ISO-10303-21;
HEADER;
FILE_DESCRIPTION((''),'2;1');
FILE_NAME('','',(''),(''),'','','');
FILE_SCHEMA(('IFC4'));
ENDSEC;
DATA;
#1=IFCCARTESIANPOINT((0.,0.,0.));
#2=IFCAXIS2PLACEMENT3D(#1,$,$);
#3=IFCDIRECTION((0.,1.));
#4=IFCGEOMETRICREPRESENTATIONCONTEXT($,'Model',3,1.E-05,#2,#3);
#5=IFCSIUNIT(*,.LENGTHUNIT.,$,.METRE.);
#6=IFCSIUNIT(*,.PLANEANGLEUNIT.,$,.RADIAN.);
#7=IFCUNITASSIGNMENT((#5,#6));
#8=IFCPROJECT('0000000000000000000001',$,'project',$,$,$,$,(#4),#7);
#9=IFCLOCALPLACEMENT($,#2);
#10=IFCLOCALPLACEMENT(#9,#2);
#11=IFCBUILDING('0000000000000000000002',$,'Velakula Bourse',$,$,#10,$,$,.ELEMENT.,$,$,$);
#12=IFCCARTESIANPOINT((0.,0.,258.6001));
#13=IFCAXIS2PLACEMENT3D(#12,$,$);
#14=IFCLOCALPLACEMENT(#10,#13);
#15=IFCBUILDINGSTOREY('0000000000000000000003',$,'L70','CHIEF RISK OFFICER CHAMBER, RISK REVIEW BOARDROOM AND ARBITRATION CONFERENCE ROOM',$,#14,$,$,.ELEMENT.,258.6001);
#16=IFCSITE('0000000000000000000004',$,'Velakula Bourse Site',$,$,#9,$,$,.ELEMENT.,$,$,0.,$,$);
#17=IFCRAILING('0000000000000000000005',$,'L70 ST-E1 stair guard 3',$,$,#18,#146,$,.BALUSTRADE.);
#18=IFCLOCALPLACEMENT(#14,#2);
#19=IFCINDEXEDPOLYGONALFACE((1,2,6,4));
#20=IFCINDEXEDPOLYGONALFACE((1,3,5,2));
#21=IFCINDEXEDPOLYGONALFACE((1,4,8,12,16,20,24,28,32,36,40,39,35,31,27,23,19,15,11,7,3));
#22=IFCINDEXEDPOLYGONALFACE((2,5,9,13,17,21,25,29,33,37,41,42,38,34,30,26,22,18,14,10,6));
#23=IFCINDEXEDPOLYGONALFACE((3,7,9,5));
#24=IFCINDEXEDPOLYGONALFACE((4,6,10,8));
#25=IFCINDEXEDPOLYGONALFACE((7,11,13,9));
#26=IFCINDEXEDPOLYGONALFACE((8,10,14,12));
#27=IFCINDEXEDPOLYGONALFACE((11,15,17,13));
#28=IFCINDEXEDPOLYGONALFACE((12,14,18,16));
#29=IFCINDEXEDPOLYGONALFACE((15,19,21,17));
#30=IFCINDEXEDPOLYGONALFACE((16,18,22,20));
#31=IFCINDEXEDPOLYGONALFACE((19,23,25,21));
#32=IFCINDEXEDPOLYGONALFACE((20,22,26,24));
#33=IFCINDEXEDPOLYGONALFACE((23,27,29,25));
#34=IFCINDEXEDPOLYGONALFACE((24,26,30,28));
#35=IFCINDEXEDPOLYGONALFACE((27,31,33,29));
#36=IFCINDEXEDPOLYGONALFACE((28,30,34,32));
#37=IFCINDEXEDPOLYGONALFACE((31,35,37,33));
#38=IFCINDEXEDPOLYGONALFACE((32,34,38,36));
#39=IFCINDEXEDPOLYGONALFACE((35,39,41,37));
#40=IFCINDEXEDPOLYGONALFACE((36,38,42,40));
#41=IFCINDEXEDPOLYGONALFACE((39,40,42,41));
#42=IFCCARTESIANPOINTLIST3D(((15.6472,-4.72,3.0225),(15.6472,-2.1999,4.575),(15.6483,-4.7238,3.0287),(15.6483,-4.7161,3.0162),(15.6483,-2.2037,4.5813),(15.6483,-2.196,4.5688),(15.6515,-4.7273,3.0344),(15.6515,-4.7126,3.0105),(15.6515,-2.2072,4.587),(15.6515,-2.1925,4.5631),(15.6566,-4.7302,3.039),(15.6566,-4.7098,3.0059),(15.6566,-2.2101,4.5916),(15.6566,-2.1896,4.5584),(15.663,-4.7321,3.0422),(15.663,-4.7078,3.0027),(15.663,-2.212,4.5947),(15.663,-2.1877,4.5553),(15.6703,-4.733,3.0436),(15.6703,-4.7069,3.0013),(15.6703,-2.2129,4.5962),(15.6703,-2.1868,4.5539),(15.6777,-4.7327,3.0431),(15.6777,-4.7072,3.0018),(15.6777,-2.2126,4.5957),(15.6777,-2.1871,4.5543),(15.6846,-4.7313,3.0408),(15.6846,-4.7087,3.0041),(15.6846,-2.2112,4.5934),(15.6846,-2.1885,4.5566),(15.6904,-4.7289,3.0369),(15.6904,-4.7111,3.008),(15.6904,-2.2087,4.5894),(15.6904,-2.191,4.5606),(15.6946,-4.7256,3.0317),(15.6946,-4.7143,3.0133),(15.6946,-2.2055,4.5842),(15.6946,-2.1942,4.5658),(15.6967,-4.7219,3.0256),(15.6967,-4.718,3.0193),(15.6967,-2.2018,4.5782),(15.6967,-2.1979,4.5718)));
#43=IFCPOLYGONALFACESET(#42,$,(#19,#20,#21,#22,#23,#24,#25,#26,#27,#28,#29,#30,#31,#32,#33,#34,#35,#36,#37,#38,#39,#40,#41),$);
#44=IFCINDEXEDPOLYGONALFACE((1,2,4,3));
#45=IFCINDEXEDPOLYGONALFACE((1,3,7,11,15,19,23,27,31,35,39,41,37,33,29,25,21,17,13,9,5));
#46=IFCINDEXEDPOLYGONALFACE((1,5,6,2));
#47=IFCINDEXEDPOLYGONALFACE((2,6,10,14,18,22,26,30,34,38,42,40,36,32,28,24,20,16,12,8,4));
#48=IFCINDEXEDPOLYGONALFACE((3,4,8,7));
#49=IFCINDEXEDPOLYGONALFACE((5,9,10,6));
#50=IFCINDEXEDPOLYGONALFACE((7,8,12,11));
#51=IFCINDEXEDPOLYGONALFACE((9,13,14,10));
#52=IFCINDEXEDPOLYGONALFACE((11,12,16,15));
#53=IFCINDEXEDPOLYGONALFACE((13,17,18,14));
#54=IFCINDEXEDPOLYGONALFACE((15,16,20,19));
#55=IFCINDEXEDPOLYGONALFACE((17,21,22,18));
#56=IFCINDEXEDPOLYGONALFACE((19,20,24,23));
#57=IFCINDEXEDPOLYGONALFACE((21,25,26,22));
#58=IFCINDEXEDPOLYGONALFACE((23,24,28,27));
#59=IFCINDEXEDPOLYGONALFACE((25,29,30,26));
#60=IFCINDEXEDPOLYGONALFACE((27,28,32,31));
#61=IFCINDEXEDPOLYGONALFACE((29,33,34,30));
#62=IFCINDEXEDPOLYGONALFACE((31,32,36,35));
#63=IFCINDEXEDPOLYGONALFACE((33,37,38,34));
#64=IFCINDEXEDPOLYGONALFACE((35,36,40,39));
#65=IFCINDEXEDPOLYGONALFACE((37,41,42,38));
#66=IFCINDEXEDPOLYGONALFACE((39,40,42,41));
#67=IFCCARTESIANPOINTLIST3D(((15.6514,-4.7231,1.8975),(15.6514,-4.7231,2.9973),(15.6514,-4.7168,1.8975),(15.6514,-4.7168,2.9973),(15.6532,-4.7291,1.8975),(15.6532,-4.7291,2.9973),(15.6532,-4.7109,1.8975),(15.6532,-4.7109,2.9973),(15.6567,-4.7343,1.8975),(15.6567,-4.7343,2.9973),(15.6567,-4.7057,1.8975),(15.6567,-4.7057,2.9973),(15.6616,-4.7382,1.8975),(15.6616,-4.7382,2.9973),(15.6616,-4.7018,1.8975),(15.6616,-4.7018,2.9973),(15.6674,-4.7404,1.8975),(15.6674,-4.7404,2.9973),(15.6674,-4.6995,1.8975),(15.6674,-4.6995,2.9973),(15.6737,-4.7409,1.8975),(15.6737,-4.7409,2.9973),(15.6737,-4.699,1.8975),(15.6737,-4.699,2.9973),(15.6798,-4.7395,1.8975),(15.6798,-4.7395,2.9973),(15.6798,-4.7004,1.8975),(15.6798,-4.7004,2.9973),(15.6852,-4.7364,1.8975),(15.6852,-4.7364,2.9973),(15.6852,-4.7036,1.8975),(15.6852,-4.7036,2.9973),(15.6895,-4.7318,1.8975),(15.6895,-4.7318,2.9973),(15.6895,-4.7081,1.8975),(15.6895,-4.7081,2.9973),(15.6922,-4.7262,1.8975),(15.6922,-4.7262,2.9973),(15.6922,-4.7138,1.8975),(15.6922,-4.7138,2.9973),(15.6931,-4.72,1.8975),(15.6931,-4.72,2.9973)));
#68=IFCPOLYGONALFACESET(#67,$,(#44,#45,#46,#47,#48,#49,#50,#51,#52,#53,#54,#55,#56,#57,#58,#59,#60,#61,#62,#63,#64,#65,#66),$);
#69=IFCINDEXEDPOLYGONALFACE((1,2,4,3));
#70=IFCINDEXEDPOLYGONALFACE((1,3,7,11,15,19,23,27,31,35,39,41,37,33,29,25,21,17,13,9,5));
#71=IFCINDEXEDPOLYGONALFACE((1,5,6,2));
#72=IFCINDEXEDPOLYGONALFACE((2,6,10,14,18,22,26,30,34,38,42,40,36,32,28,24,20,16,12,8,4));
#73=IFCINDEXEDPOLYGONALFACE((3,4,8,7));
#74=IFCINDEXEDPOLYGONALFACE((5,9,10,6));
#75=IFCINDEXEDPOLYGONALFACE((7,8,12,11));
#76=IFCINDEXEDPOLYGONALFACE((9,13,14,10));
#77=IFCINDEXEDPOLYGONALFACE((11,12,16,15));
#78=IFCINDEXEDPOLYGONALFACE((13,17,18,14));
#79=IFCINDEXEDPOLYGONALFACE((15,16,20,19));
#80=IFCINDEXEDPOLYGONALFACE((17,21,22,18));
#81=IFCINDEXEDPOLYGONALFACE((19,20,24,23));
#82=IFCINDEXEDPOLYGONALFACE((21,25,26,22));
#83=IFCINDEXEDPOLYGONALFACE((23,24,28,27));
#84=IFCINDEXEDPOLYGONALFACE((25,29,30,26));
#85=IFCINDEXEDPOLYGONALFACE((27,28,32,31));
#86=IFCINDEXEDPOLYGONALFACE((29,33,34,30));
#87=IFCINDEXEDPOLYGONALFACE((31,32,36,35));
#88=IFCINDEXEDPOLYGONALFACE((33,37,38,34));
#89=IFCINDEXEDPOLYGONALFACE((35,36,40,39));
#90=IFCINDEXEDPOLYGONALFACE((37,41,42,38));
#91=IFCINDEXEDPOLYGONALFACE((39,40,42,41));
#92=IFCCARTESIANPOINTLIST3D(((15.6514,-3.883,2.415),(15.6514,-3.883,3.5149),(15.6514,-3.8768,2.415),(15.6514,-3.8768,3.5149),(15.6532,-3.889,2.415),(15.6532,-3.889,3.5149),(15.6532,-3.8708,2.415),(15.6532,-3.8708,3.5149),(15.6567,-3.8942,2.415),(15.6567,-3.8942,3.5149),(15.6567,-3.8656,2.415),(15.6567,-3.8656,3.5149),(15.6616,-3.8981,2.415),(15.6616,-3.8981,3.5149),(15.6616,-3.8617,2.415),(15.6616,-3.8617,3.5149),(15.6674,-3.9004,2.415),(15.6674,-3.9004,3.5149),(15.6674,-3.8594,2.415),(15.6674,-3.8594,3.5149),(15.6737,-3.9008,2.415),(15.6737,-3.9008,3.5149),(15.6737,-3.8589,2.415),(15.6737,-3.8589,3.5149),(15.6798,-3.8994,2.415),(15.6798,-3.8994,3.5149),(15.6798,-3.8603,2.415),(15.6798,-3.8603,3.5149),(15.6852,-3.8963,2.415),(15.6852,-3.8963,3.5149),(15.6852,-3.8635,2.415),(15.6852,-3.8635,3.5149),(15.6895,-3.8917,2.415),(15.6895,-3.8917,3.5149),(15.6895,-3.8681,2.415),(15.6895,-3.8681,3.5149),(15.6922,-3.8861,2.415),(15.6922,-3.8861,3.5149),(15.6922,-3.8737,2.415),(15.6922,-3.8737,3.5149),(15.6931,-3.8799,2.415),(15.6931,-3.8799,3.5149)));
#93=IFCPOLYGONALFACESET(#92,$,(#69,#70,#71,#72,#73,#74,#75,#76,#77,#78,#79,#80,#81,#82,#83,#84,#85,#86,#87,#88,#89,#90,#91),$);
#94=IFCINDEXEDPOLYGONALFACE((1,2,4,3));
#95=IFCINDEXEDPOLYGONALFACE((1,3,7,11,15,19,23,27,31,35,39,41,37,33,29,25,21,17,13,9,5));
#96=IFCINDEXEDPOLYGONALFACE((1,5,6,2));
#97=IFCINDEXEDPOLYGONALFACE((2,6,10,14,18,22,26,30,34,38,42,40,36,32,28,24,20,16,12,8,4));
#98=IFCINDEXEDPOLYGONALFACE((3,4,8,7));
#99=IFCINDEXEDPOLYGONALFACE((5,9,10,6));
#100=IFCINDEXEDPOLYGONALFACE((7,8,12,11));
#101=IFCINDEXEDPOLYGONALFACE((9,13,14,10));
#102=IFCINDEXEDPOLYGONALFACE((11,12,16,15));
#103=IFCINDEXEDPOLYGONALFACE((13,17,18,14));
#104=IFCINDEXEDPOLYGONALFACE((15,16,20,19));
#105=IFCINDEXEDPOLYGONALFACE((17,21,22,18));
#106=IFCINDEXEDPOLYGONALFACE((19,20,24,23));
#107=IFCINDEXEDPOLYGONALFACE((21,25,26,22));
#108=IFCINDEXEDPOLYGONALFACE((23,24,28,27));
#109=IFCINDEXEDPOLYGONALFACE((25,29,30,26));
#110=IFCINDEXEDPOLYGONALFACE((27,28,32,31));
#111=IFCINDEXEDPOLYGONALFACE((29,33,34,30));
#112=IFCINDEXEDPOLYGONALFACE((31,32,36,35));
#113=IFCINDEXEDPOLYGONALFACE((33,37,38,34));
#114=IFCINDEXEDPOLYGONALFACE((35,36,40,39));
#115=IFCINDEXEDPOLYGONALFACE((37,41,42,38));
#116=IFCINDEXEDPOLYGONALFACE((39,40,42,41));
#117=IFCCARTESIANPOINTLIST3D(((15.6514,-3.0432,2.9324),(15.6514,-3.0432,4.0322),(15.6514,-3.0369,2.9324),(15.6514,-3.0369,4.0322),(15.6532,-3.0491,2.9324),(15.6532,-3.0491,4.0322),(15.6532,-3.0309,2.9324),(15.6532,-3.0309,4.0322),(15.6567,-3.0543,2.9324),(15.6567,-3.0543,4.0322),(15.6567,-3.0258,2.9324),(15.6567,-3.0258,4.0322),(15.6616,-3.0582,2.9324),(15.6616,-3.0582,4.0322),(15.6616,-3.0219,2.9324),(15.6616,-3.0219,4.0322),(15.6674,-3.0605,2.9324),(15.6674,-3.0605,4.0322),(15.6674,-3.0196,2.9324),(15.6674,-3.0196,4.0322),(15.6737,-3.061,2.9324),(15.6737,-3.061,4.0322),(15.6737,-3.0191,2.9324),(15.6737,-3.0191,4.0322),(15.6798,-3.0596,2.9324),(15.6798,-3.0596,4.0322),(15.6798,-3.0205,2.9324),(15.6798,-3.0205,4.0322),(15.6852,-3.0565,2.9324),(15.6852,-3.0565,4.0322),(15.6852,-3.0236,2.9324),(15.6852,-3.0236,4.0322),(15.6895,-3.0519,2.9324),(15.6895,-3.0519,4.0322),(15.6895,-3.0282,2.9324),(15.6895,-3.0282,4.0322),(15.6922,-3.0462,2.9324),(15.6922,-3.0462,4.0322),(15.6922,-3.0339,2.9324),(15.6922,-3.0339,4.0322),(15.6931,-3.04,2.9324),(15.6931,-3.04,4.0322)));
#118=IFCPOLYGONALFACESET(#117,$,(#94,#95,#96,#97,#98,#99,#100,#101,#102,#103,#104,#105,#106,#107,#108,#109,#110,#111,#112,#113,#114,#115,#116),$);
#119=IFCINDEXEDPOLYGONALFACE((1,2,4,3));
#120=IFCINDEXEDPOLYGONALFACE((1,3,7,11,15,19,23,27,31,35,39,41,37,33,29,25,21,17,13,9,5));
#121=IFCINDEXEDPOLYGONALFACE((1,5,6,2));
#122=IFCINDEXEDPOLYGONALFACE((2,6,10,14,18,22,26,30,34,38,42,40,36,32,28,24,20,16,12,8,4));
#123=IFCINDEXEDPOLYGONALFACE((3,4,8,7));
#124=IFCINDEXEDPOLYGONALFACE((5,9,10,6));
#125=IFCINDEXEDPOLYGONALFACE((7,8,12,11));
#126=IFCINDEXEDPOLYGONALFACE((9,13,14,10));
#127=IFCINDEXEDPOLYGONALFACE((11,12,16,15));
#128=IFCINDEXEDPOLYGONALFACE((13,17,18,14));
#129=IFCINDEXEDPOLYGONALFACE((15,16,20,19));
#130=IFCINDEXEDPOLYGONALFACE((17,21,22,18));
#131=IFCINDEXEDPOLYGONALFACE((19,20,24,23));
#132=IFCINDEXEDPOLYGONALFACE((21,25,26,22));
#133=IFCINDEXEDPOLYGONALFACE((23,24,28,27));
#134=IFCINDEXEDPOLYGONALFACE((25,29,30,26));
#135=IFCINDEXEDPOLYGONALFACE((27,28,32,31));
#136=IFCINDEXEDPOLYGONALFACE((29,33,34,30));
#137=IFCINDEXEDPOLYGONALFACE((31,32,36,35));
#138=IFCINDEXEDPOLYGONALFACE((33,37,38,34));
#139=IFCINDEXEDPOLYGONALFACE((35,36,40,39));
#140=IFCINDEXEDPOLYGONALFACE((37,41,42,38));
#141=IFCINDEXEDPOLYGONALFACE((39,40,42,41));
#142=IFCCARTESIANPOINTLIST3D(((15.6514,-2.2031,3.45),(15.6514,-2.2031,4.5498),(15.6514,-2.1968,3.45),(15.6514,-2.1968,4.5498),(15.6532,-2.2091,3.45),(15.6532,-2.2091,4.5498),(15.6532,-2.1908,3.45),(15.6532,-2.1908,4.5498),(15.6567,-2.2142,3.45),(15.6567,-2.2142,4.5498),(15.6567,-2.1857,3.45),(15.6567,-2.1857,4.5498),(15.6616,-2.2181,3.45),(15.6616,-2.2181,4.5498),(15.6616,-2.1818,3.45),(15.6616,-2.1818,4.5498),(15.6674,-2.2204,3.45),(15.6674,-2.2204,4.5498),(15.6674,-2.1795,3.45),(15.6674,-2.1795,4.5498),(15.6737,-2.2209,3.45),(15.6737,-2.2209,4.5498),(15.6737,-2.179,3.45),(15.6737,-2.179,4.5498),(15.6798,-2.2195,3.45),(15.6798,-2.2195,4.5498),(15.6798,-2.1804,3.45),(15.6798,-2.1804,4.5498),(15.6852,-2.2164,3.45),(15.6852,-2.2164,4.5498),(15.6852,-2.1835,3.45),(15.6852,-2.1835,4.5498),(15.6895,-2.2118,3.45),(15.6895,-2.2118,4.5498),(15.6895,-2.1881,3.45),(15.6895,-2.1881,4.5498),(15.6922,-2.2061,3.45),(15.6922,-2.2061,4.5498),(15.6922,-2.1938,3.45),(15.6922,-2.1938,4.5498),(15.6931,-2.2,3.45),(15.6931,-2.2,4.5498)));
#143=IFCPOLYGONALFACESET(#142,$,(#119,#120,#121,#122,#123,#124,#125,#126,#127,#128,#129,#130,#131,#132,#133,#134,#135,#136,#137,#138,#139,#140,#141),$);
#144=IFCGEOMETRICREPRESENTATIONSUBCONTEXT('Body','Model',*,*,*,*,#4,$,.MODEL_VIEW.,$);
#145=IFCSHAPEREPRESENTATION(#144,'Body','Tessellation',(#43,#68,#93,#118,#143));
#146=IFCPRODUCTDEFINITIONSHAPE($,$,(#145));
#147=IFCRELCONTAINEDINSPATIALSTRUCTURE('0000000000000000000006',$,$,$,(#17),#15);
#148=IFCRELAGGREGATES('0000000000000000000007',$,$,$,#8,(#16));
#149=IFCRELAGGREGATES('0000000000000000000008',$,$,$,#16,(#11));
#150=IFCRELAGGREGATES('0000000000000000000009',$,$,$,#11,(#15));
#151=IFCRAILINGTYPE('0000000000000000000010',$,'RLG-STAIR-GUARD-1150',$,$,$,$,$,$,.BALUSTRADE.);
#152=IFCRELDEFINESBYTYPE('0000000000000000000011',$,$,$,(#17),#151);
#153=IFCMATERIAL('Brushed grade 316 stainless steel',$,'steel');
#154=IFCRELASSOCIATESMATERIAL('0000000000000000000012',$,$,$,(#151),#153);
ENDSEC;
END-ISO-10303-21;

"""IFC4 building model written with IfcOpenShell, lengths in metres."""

from ifc_helpers import new_model, si_unit, direction, frame, origin, origin_2d, place, context, subcontext, project, spatial, circle, extrude, material, type_object, element, save


model = new_model("IFC4")

# Units and contexts
model_context = context("Model", 3, precision=1e-05, world=origin(), true_north=direction((0.0, 1.0)))
body_context = subcontext(model_context, "Body", "Model", "MODEL_VIEW")
ifc_project = project(units=[si_unit("LENGTHUNIT", "METRE"), si_unit("PLANEANGLEUNIT", "RADIAN")], contexts=[model_context])

# Site, building, storey
site_placement = place(None, origin())
site = spatial("IfcSite", under=ifc_project, at=site_placement, Name="Velakula Bourse Site", CompositionType="ELEMENT", RefElevation=0.0)
building_placement = place(site_placement, origin())
building = spatial("IfcBuilding", under=site, at=building_placement, Name="Velakula Bourse", CompositionType="ELEMENT")
storey_placement = place(building_placement, frame((0.0, 0.0, 258.6001)))
storey = spatial("IfcBuildingStorey", under=building, at=storey_placement, Name="L70", Description="CHIEF RISK OFFICER CHAMBER, RISK REVIEW BOARDROOM AND ARBITRATION CONFERENCE ROOM", CompositionType="ELEMENT", Elevation=258.6001)

# Shared definitions
ifc_material_1 = material(Name="Brushed grade 316 stainless steel", Category="steel")

# Railing
railing_type_1 = type_object("IfcRailingType", Name="RLG-STAIR-GUARD-1150", PredefinedType="BALUSTRADE", material=ifc_material_1)
railing_1_placement = place(storey_placement, frame((15.6721, -4.72, 1.8975)))
element("IfcRailing", 1, at=railing_1_placement, inside=storey, type_object=railing_type_1, Name="L70 ST-E1 stair guard 3", PredefinedType="BALUSTRADE", context=body_context, shape_type="SweptSolid", body=[
    extrude(circle(Radius=0.0249, at=origin_2d()), frame((0.0, 0.0, 1.125), z_axis=(0.0, 0.8514, 0.524516), x_axis=(-1.0, 0.0, 0.0)), (0.0, 0.0, 1.0), 2.96),
    extrude(circle(Radius=0.021, at=origin_2d()), origin(), (0.0, 0.0, 1.0), 1.0999),
    extrude(circle(Radius=0.021, at=origin_2d()), frame((0.0, 0.8401, 0.5176)), (0.0, 0.0, 1.0), 1.0999),
    extrude(circle(Radius=0.021, at=origin_2d()), frame((0.0, 1.6799, 1.0349)), (0.0, 0.0, 1.0), 1.0999),
    extrude(circle(Radius=0.021, at=origin_2d()), frame((0.0, 2.52, 1.5525)), (0.0, 0.0, 1.0), 1.0999),
])

save(model, "model.ifc")
